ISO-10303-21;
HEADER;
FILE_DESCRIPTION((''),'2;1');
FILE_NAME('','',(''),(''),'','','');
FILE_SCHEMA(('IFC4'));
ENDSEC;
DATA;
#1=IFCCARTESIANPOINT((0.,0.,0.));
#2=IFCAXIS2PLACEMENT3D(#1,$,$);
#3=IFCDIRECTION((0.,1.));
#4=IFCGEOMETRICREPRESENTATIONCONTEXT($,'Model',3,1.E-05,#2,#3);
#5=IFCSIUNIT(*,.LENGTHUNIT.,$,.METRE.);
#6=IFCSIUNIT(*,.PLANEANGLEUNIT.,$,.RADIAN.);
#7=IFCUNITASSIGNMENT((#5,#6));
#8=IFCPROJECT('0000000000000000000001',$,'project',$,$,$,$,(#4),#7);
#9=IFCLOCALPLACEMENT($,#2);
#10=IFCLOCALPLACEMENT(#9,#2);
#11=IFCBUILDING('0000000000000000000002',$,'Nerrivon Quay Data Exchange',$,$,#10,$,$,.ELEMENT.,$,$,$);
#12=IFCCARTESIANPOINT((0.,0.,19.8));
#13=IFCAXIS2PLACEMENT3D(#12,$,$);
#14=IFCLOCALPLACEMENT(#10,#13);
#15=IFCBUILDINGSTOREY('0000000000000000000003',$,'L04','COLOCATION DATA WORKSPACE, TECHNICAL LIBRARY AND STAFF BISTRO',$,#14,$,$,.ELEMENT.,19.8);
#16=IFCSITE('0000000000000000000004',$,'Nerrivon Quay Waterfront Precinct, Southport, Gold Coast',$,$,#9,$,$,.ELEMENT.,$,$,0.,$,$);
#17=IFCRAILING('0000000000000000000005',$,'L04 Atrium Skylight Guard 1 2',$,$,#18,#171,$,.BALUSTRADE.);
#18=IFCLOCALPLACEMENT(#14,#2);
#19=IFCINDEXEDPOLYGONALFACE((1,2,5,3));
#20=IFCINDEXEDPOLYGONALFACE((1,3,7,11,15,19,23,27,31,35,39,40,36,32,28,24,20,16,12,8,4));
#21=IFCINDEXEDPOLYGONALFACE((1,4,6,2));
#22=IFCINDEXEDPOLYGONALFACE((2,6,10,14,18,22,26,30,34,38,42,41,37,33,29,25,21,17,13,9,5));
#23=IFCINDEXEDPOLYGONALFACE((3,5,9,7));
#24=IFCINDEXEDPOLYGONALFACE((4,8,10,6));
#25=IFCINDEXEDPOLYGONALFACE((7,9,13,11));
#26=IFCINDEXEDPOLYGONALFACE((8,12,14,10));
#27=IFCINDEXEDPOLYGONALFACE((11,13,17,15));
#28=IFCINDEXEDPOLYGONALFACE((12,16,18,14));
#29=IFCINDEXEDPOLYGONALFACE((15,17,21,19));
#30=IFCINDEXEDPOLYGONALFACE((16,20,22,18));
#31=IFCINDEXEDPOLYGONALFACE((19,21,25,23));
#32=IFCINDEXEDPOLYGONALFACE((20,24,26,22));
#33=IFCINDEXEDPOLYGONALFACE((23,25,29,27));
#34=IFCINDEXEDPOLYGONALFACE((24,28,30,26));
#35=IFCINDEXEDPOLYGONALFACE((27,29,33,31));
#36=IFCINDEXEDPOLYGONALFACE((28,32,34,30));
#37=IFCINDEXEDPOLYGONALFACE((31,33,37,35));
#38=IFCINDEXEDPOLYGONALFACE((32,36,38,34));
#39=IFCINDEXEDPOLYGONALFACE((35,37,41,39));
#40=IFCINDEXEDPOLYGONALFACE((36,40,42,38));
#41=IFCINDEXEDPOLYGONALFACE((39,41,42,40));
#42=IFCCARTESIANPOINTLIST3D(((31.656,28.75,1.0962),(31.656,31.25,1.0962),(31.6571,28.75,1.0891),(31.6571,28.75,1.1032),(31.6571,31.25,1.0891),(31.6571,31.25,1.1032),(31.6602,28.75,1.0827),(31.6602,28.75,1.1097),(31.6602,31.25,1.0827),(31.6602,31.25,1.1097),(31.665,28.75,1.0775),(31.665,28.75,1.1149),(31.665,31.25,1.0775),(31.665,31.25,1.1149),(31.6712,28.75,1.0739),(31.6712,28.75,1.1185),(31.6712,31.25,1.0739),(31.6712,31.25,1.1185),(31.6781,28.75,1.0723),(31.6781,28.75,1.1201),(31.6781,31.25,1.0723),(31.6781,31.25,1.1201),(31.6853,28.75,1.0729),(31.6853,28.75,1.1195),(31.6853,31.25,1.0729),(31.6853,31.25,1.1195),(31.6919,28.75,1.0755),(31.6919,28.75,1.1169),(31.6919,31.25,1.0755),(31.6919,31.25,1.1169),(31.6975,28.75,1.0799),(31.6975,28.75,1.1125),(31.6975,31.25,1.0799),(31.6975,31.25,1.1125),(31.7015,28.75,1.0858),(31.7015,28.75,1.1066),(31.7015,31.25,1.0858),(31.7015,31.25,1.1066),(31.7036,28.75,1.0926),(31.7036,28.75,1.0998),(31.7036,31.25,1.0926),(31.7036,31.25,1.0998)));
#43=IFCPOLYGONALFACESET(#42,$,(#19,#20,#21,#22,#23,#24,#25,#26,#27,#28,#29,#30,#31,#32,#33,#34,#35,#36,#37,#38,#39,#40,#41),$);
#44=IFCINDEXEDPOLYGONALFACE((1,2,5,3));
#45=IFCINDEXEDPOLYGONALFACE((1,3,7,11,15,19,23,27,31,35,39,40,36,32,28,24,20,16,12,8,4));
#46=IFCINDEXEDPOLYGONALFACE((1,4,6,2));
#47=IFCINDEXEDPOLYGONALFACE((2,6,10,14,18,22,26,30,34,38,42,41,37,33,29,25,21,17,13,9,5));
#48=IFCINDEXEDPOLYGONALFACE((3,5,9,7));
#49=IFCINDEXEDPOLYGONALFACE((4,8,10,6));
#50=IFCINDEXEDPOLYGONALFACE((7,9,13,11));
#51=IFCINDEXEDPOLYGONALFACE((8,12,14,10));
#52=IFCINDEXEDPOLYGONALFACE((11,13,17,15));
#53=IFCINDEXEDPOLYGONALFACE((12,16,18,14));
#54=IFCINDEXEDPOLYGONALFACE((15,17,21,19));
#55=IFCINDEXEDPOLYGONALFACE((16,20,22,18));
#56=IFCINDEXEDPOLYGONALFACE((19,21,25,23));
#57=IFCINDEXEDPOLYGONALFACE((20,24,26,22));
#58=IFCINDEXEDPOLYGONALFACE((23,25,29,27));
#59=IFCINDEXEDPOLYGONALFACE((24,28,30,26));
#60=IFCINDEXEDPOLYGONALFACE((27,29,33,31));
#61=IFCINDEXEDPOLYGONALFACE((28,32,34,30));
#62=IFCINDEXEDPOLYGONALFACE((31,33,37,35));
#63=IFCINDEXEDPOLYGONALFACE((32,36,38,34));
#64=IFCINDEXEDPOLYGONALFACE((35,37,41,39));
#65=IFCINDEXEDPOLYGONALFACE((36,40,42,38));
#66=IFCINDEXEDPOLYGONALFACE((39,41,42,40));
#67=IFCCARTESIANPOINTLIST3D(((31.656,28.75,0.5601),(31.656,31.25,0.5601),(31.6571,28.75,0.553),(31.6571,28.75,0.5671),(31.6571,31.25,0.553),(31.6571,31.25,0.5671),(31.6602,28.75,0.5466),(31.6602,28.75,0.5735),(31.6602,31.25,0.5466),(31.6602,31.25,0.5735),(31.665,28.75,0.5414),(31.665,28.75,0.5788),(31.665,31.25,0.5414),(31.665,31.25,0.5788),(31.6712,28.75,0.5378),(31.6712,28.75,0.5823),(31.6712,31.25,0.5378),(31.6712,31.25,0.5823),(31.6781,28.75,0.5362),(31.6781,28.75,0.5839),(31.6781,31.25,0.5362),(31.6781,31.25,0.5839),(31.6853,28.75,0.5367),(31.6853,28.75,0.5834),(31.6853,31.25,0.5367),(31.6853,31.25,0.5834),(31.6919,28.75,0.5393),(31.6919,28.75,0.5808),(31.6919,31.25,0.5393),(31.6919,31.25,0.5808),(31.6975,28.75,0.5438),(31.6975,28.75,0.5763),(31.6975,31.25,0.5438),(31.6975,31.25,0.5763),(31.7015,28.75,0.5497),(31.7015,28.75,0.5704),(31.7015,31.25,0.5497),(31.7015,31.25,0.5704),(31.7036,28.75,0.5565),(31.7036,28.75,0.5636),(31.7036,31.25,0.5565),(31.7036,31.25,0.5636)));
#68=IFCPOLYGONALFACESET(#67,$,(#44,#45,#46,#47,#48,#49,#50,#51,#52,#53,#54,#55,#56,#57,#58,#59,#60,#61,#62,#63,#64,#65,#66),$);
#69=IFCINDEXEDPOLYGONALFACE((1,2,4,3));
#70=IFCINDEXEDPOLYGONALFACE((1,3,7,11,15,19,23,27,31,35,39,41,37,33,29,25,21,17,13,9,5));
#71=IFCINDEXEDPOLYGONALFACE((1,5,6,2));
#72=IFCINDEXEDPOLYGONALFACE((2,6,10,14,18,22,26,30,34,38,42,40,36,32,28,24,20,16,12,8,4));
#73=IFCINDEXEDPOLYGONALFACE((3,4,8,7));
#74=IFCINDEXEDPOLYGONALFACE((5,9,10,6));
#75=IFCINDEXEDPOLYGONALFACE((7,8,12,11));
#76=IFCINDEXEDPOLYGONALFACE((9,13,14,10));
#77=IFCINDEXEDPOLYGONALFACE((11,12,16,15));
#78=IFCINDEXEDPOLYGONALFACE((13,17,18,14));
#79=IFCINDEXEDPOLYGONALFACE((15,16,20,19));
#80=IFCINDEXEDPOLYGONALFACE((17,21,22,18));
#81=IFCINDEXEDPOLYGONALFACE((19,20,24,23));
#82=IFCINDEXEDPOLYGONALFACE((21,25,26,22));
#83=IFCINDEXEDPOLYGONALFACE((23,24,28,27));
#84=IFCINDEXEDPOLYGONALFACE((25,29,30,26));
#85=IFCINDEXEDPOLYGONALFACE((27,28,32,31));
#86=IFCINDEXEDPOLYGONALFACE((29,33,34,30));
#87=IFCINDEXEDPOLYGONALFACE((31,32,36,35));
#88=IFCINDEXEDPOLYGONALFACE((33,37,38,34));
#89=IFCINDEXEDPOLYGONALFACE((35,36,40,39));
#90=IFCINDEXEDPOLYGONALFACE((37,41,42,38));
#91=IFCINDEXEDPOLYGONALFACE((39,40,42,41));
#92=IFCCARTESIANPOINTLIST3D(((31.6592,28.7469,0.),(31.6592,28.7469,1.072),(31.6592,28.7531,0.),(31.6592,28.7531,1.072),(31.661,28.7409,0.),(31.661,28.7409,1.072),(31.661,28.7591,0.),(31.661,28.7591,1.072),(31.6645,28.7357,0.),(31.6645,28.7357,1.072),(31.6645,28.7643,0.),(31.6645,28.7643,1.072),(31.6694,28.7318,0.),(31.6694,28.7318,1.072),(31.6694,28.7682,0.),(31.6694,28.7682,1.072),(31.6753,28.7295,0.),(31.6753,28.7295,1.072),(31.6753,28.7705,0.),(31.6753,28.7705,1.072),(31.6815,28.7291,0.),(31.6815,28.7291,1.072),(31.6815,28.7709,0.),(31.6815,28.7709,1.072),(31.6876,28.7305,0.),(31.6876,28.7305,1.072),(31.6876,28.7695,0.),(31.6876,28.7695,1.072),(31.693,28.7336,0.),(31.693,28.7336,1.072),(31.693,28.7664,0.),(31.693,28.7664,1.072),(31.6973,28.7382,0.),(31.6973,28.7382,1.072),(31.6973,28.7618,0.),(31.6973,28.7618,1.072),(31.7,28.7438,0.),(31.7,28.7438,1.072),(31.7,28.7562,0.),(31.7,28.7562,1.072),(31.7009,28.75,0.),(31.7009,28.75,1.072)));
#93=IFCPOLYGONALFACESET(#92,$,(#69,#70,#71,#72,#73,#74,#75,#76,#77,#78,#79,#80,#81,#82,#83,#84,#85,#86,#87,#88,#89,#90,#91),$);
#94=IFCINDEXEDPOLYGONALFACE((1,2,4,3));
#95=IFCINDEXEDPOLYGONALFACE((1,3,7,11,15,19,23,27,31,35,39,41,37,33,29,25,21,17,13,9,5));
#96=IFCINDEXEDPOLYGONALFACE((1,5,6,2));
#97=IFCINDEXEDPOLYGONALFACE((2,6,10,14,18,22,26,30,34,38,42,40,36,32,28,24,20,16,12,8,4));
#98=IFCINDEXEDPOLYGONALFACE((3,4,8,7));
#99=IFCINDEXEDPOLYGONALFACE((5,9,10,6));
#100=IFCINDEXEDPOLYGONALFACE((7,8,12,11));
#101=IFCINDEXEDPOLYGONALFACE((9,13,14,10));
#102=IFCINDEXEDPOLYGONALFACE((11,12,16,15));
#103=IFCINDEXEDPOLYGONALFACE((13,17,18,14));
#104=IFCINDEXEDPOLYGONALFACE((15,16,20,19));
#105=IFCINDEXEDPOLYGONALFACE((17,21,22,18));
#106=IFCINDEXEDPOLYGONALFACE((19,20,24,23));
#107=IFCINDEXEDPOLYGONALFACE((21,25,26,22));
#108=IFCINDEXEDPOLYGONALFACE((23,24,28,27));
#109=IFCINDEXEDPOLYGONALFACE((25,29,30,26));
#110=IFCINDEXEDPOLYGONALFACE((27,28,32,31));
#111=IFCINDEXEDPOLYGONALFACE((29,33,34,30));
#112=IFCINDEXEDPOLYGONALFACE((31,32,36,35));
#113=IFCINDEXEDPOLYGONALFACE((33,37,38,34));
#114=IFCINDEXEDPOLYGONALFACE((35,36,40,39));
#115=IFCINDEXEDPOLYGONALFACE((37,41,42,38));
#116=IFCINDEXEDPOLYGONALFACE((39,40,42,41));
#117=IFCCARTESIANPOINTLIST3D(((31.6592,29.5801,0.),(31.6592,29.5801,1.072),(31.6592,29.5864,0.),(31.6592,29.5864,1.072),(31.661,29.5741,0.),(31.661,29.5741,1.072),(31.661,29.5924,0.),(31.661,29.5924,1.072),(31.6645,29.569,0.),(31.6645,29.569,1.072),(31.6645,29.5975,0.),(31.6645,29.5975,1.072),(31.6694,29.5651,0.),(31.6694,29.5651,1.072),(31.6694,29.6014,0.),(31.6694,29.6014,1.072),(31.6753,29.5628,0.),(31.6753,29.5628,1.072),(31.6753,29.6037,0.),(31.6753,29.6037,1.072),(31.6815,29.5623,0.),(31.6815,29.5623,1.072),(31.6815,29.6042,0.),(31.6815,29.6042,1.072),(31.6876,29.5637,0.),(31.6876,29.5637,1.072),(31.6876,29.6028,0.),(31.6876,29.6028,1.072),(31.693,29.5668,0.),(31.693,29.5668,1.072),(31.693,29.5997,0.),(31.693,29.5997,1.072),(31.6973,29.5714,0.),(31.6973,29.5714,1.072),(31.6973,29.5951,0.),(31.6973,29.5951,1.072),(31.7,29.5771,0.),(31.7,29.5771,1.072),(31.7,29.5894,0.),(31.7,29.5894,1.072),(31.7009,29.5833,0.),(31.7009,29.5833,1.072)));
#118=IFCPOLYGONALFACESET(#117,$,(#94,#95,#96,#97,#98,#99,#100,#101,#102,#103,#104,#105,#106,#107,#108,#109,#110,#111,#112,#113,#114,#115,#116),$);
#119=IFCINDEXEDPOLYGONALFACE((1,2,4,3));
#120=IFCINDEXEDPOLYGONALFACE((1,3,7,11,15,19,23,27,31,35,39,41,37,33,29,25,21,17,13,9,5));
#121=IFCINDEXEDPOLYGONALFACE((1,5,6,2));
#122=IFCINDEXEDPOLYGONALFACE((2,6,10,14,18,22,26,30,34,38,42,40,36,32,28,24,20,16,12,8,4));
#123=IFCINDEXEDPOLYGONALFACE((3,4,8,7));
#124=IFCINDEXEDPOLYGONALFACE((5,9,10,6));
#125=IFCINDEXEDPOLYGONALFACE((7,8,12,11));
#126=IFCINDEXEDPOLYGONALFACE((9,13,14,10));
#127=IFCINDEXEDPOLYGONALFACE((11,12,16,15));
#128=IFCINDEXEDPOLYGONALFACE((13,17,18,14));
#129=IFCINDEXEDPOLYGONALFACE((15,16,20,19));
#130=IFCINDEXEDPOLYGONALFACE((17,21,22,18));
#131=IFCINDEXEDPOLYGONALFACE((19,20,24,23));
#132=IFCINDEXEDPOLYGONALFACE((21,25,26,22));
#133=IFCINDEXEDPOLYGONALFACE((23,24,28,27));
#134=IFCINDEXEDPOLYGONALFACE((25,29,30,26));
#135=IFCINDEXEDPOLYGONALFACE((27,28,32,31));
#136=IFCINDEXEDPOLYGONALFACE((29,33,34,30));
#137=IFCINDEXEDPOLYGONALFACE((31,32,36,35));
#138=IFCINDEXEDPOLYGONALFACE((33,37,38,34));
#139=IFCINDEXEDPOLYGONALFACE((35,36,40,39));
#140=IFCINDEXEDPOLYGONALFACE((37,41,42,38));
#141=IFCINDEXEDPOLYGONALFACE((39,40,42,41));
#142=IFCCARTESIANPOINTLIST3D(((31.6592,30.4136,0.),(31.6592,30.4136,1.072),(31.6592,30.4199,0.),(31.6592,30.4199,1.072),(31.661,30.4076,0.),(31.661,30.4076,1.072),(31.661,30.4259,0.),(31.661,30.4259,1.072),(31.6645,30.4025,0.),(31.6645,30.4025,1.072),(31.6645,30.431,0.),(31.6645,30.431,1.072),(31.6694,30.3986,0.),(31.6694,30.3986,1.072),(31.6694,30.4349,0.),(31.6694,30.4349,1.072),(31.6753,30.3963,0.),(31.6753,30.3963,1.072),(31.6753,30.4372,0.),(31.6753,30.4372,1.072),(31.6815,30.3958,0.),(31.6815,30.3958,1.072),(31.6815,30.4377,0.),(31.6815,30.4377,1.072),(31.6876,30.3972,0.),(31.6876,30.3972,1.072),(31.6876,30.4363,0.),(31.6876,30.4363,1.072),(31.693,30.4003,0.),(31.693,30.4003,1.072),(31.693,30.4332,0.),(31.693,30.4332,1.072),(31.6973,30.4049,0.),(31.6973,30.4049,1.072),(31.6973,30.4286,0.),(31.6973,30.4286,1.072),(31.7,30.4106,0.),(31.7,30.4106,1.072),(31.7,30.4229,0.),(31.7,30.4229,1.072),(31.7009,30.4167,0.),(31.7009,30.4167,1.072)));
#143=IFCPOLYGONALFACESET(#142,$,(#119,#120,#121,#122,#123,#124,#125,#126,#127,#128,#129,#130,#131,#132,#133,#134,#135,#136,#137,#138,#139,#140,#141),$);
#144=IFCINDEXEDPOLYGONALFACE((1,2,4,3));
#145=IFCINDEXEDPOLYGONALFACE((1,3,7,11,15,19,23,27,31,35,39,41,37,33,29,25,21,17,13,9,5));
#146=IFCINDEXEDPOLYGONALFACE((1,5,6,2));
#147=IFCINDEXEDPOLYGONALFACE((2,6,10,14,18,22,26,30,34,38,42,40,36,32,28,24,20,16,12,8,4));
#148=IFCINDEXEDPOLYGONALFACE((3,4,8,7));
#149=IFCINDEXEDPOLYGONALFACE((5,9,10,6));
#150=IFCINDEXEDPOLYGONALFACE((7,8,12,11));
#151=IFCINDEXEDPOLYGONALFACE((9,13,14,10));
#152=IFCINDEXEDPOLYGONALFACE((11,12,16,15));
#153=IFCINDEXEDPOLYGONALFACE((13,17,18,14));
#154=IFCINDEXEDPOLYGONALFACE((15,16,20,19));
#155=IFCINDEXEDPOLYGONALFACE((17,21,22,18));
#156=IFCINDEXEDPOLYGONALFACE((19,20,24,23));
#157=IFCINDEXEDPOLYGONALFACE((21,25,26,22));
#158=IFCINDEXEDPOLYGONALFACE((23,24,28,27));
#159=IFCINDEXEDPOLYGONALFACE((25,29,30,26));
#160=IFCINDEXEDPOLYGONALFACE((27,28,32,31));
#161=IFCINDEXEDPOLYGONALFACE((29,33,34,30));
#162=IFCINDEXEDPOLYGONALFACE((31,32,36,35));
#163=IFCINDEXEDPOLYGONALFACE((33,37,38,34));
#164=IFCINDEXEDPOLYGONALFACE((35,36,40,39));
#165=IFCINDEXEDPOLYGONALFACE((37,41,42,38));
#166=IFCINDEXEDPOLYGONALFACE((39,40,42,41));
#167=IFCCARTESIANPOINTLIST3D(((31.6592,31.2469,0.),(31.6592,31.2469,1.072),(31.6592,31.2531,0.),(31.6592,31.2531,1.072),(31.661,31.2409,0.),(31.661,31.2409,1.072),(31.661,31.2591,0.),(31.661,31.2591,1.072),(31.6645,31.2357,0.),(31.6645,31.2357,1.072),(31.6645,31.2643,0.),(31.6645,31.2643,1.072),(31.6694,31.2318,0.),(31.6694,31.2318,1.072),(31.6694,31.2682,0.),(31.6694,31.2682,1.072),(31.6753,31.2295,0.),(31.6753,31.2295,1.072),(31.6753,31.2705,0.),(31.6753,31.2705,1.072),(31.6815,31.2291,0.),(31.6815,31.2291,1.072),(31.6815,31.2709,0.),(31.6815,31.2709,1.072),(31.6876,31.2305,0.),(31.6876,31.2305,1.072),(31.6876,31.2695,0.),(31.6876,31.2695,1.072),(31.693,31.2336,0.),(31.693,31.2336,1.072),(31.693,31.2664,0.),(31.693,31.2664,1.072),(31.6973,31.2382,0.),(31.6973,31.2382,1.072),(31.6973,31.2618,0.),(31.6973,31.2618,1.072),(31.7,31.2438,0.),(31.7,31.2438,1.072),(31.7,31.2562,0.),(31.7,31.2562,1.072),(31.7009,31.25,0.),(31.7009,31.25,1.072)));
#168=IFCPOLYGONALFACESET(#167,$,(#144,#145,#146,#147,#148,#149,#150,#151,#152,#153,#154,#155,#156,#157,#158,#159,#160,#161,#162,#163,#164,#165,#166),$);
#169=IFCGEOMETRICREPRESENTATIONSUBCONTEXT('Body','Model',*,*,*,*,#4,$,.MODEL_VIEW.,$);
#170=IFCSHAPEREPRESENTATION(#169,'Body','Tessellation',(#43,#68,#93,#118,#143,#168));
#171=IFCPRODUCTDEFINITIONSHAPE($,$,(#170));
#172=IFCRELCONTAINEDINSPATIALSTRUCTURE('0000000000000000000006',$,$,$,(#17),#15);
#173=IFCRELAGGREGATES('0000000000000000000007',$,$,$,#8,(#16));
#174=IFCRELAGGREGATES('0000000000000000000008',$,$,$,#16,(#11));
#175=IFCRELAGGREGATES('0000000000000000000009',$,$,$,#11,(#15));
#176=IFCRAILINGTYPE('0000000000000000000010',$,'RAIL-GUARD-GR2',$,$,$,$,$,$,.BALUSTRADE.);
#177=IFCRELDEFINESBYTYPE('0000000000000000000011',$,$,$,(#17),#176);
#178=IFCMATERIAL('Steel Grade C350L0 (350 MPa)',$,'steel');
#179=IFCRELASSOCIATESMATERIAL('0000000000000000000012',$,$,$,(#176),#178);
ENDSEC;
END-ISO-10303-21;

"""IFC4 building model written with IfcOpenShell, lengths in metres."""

from ifc_helpers import new_model, si_unit, direction, frame, origin, origin_2d, place, context, subcontext, project, spatial, circle, extrude, material, type_object, element, save


model = new_model("IFC4")

# Units and contexts
model_context = context("Model", 3, precision=1e-05, world=origin(), true_north=direction((0.0, 1.0)))
body_context = subcontext(model_context, "Body", "Model", "MODEL_VIEW")
ifc_project = project(units=[si_unit("LENGTHUNIT", "METRE"), si_unit("PLANEANGLEUNIT", "RADIAN")], contexts=[model_context])

# Site, building, storey
site_placement = place(None, origin())
site = spatial("IfcSite", under=ifc_project, at=site_placement, Name="Nerrivon Quay Waterfront Precinct, Southport, Gold Coast", CompositionType="ELEMENT", RefElevation=0.0)
building_placement = place(site_placement, origin())
building = spatial("IfcBuilding", under=site, at=building_placement, Name="Nerrivon Quay Data Exchange", CompositionType="ELEMENT")
storey_placement = place(building_placement, frame((0.0, 0.0, 19.8)))
storey = spatial("IfcBuildingStorey", under=building, at=storey_placement, Name="L04", Description="COLOCATION DATA WORKSPACE, TECHNICAL LIBRARY AND STAFF BISTRO", CompositionType="ELEMENT", Elevation=19.8)

# Railing
ifc_material_1 = material(Name="Steel Grade C350L0 (350 MPa)", Category="steel")
railing_type = type_object("IfcRailingType", Name="RAIL-GUARD-GR2", PredefinedType="BALUSTRADE", material=ifc_material_1)
railing_1_placement = place(storey_placement, frame((31.6799, 28.75, 0.0)))
element("IfcRailing", 1, at=railing_1_placement, inside=storey, type_object=railing_type, Name="L04 Atrium Skylight Guard 1 2", PredefinedType="BALUSTRADE", context=body_context, shape_type="SweptSolid", body=[
    extrude(circle(Radius=0.0239, at=origin_2d()), frame((0.0, 0.0, 1.0962), z_axis=(0.0, 1.0, 0.0), x_axis=(-1.0, 0.0, 0.0)), (0.0, 0.0, 1.0), 2.5),
    extrude(circle(Radius=0.0239, at=origin_2d()), frame((0.0, 0.0, 0.5601), z_axis=(0.0, 1.0, 0.0), x_axis=(-1.0, 0.0, 0.0)), (0.0, 0.0, 1.0), 2.5),
    extrude(circle(Radius=0.021, at=origin_2d()), origin(), (0.0, 0.0, 1.0), 1.072),
    extrude(circle(Radius=0.021, at=origin_2d()), frame((0.0, 0.8333, 0.0)), (0.0, 0.0, 1.0), 1.072),
    extrude(circle(Radius=0.021, at=origin_2d()), frame((0.0, 1.6667, 0.0)), (0.0, 0.0, 1.0), 1.072),
    extrude(circle(Radius=0.021, at=origin_2d()), frame((0.0, 2.5, 0.0)), (0.0, 0.0, 1.0), 1.072),
])

save(model, "model.ifc")
